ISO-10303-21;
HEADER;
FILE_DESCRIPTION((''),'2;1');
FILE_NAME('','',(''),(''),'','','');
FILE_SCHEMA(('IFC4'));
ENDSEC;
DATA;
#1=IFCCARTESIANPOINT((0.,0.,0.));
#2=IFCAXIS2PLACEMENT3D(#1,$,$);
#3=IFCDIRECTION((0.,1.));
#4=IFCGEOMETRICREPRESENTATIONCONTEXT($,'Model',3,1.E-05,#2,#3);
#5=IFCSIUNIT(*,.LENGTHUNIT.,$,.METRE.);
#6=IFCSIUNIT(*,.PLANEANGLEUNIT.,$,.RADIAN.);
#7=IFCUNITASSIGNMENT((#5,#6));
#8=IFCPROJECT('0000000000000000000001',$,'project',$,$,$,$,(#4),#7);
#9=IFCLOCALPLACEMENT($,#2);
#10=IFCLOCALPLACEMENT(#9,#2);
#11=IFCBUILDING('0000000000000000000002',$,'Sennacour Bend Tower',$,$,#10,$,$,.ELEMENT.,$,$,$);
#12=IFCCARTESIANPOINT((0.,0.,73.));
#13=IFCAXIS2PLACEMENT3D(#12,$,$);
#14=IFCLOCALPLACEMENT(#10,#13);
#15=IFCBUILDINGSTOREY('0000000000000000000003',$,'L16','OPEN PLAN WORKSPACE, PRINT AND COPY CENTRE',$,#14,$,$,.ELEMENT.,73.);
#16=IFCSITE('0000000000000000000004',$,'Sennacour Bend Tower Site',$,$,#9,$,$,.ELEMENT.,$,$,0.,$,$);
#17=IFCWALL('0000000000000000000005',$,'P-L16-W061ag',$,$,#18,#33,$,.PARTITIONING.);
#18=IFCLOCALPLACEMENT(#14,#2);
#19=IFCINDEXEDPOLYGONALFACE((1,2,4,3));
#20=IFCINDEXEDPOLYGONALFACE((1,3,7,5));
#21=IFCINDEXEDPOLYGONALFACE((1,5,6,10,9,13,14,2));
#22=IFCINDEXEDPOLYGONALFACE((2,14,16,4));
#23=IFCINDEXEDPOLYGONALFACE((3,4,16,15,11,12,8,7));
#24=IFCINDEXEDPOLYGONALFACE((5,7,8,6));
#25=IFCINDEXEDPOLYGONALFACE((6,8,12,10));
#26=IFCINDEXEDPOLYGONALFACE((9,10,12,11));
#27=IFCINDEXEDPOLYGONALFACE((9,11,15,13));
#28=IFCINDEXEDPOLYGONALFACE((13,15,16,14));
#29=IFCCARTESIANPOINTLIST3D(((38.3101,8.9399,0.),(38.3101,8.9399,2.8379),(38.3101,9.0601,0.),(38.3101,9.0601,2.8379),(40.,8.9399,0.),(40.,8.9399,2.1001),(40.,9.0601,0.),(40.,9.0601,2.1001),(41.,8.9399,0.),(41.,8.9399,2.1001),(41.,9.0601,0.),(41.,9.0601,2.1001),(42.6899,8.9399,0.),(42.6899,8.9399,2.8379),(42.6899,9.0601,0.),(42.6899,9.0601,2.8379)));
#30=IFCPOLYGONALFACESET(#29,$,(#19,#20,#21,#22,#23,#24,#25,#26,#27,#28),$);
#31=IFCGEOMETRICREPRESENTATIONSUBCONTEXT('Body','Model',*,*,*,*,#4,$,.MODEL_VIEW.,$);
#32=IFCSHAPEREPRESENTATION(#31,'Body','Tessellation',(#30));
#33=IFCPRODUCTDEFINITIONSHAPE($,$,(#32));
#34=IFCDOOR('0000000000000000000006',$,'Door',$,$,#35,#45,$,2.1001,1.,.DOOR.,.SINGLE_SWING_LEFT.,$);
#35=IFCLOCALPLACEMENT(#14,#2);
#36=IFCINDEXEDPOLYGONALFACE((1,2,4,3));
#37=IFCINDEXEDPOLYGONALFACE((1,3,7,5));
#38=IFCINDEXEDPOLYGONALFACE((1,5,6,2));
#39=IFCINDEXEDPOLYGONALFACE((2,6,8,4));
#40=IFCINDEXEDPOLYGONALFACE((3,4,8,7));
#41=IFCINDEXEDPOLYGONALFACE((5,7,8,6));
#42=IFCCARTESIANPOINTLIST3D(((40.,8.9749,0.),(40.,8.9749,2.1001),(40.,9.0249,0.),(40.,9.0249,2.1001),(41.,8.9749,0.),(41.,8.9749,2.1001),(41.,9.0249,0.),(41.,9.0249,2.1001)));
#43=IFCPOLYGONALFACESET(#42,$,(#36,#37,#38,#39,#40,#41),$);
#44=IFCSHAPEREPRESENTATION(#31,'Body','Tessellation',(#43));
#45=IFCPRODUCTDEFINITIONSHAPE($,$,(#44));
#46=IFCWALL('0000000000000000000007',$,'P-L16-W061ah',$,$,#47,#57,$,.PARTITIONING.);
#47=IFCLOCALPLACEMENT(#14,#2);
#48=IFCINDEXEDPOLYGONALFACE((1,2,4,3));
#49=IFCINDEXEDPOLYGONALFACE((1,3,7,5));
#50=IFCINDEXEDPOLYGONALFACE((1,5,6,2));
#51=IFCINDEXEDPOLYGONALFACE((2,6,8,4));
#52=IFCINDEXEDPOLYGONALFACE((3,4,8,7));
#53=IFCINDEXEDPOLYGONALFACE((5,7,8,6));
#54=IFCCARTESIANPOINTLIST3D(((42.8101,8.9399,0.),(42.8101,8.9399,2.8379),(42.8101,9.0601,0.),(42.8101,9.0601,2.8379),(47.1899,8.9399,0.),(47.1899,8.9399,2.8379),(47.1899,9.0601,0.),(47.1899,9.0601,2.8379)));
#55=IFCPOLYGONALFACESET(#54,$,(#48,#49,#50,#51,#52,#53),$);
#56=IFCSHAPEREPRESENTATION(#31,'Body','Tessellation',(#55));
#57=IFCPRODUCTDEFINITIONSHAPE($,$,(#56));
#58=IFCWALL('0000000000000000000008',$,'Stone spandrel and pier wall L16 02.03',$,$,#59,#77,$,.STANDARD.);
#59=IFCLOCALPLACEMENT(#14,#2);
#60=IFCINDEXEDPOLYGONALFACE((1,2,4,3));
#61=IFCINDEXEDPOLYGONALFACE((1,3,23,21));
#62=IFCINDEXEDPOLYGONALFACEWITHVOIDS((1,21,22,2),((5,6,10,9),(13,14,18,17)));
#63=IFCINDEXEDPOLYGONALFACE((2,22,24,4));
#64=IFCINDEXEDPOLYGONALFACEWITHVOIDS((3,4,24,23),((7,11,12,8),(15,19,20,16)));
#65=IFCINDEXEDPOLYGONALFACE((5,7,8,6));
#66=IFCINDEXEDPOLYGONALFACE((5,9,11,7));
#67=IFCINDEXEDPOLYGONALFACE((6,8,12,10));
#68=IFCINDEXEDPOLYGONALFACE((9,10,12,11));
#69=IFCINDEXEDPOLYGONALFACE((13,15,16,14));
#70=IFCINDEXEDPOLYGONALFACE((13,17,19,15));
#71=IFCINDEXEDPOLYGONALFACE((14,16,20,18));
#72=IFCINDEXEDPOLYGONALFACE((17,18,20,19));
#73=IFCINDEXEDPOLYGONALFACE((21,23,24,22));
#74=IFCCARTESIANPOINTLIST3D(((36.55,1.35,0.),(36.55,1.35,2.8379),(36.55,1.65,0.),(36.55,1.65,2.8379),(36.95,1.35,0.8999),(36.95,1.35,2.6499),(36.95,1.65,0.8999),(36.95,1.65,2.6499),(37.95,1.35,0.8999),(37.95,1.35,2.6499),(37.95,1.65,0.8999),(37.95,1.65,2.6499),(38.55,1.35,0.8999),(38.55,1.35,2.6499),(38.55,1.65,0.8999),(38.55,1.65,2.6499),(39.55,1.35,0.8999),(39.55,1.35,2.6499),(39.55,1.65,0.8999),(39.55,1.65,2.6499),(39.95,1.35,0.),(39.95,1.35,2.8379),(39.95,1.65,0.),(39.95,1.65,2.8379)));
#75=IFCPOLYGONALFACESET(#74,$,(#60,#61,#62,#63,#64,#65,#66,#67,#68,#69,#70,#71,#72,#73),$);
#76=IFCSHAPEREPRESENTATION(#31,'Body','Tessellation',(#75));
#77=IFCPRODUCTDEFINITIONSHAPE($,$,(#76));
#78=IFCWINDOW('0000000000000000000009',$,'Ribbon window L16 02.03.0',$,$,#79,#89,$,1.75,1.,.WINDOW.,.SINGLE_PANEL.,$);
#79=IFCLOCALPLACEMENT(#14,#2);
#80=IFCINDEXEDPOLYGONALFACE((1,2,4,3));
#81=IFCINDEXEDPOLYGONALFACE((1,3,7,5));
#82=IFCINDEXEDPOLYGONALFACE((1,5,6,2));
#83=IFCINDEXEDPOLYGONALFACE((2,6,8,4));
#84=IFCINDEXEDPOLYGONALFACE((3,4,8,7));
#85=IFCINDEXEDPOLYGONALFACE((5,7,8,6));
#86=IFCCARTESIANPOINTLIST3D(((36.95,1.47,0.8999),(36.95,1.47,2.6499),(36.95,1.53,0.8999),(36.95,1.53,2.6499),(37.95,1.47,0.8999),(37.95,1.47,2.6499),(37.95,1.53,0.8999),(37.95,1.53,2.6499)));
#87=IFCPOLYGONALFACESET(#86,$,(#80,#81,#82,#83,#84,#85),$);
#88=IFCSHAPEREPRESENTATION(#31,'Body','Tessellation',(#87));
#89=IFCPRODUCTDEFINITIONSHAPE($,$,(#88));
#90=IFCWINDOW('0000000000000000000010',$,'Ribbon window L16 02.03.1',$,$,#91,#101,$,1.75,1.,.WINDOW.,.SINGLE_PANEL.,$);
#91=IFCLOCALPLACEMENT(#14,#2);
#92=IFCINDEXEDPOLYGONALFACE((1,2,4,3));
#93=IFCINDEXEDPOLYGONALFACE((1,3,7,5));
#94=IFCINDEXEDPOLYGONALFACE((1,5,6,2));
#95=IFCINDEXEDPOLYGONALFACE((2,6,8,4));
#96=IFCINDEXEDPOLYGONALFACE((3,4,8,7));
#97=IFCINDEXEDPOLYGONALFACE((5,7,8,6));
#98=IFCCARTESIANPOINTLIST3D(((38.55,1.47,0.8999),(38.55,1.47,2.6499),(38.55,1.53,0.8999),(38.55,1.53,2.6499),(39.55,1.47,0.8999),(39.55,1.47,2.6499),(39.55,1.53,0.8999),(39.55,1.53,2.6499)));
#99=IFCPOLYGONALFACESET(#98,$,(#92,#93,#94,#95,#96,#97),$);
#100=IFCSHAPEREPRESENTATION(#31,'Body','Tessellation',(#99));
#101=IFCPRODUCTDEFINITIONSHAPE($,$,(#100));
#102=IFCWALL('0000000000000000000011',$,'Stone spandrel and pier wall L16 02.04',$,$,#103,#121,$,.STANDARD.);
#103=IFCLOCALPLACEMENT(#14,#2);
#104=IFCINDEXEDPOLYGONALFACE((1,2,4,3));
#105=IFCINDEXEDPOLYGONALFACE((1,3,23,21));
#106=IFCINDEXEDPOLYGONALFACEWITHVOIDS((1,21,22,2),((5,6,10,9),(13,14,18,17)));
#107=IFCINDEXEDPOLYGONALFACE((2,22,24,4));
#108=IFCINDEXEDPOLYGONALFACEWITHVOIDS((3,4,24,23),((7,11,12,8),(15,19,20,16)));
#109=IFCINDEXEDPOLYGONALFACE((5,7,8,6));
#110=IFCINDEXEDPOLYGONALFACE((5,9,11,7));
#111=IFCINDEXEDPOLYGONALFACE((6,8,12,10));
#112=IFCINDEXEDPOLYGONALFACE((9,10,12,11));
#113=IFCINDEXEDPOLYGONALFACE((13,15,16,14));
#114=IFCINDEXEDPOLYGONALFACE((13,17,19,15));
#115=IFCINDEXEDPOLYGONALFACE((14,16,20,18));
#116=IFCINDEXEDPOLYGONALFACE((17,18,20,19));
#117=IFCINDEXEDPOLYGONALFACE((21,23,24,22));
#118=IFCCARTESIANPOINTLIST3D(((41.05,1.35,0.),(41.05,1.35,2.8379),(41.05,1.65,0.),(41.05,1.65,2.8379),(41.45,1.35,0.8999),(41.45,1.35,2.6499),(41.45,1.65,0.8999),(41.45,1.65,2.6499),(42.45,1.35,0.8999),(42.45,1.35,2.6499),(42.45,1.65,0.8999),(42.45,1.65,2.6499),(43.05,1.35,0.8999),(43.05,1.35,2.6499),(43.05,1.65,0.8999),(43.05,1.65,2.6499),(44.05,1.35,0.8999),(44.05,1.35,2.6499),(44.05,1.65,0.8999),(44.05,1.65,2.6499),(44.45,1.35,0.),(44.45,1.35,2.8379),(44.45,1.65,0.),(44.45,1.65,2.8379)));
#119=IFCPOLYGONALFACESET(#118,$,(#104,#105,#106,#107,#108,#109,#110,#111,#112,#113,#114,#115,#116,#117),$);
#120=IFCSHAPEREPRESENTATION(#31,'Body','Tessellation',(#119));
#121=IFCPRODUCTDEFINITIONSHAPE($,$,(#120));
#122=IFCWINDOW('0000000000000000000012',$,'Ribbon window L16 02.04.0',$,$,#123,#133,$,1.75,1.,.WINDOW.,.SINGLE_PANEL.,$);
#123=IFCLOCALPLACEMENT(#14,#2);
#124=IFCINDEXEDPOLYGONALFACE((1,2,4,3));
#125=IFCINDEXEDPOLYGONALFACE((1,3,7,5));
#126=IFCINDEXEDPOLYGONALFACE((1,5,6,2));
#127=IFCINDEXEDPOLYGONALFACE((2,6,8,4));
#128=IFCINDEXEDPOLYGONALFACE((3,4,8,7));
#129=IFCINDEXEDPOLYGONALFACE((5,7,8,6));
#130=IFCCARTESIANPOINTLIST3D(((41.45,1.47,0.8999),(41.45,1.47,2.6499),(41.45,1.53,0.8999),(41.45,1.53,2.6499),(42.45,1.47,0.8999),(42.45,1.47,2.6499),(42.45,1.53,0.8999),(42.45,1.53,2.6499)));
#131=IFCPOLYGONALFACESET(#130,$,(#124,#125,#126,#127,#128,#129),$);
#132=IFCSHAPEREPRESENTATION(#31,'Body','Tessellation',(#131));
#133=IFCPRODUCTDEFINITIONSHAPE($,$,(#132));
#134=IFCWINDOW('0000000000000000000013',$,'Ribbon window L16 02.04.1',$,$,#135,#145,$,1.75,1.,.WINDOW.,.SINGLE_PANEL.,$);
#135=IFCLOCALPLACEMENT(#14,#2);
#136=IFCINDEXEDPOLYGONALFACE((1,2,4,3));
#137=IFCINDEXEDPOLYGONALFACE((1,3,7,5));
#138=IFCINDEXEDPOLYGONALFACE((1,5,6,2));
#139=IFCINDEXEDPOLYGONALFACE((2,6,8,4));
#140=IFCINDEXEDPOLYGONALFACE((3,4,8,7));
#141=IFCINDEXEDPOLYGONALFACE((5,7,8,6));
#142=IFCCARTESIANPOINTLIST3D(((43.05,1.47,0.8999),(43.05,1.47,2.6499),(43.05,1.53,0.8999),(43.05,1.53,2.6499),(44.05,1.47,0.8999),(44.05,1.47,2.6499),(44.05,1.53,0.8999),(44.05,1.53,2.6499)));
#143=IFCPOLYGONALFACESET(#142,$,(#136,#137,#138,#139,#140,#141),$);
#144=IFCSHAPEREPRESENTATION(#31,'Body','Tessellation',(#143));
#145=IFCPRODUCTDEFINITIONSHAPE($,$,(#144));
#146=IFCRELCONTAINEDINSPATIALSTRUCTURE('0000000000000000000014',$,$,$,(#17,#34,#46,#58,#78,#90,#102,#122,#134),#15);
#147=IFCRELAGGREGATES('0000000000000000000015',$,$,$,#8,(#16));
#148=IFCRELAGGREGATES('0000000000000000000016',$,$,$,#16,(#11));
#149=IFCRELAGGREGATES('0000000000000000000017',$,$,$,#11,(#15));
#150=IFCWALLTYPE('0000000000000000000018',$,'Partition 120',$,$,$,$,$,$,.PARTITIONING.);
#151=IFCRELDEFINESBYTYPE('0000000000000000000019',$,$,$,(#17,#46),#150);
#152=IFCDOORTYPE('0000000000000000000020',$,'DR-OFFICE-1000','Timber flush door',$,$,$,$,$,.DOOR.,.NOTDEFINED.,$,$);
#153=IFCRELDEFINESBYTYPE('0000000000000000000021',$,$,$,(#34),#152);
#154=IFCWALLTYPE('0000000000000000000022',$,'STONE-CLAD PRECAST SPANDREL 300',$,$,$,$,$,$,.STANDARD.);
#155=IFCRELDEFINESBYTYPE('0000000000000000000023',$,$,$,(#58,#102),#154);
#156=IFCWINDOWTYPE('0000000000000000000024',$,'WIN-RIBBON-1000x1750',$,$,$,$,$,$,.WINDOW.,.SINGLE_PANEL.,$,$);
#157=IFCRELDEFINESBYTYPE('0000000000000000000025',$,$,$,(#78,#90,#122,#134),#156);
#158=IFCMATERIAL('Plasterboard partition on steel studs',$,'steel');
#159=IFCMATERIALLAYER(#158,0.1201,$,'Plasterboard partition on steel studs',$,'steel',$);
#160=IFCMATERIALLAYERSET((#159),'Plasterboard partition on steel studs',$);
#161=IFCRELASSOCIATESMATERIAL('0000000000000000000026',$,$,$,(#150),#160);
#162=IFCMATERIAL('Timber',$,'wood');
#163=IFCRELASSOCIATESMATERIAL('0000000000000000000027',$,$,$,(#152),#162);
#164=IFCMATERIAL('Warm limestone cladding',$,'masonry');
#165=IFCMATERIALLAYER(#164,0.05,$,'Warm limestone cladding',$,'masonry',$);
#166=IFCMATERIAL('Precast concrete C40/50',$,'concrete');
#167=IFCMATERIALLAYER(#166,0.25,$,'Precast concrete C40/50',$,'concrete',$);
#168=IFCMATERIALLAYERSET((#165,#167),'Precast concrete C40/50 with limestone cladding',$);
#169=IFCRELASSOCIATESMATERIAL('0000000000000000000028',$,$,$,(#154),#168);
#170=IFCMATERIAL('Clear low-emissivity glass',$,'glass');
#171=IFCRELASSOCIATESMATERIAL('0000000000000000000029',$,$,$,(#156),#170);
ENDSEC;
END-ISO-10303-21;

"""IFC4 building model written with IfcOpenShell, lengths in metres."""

from ifc_helpers import new_model, si_unit, direction, frame, frame_2d, origin, place, context, subcontext, project, spatial, rectangle, extrude, material, layer, layer_set, type_object, element, fill, save


model = new_model("IFC4")

# Units and contexts
model_context = context("Model", 3, precision=1e-05, world=origin(), true_north=direction((0.0, 1.0)))
body_context = subcontext(model_context, "Body", "Model", "MODEL_VIEW")
ifc_project = project(units=[si_unit("LENGTHUNIT", "METRE"), si_unit("PLANEANGLEUNIT", "RADIAN")], contexts=[model_context])

# Site, building, storey
site_placement = place(None, origin())
site = spatial("IfcSite", under=ifc_project, at=site_placement, Name="Sennacour Bend Tower Site", CompositionType="ELEMENT", RefElevation=0.0)
building_placement = place(site_placement, origin())
building = spatial("IfcBuilding", under=site, at=building_placement, Name="Sennacour Bend Tower", CompositionType="ELEMENT")
storey_placement = place(building_placement, frame((0.0, 0.0, 73.0)))
storey = spatial("IfcBuildingStorey", under=building, at=storey_placement, Name="L16", Description="OPEN PLAN WORKSPACE, PRINT AND COPY CENTRE", CompositionType="ELEMENT", Elevation=73.0)

# Shared definitions
ifc_material_1 = material(Name="Plasterboard partition on steel studs", Category="steel")
ifc_layer_1 = layer(ifc_material_1, 0.1201, Name="Plasterboard partition on steel studs", Category="steel")
ifc_layer_set_1 = layer_set([ifc_layer_1], Name="Plasterboard partition on steel studs")
wall_type_1 = type_object("IfcWallType", Name="Partition 120", PredefinedType="PARTITIONING", material=ifc_layer_set_1)

# Wall, opening, door
wall_1_placement = place(storey_placement, frame((38.3101, 9.0, 0.0), z_axis=(0.0, 0.0, 1.0), x_axis=(1.0, 0.0, 0.0)))
wall_1 = element("IfcWall", 1, at=wall_1_placement, inside=storey, type_object=wall_type_1, Name="P-L16-W061ag", PredefinedType="PARTITIONING", context=body_context, shape_type="SweptSolid", body=[
    extrude(rectangle(XDim=4.3799, YDim=0.1201, at=frame_2d((2.1899, 0.0))), origin(), (0.0, 0.0, 1.0), 2.8379),
])
opening_1_placement = place(wall_1_placement, frame((1.6899, 0.0, 0.0)))
opening_1 = element("IfcOpeningElement", 2, at=opening_1_placement, cuts=wall_1, PredefinedType="OPENING", context=body_context, shape_type="SweptSolid", body=[
    extrude(rectangle(XDim=1.0, YDim=2.1001, at=frame_2d((0.5, 1.05))), frame((0.0, 0.0701, 0.0), z_axis=(0.0, -1.0, 0.0), x_axis=(1.0, 0.0, 0.0)), (0.0, 0.0, 1.0), 0.1401),
])
ifc_material_2 = material(Name="Timber", Category="wood")
door_type = type_object("IfcDoorType", Name="DR-OFFICE-1000", Description="Timber flush door", OperationType="NOTDEFINED", PredefinedType="DOOR", material=ifc_material_2)
door_placement = place(opening_1_placement, origin())
door = element("IfcDoor", 3, at=door_placement, inside=storey, type_object=door_type, Name="Door", OperationType="SINGLE_SWING_LEFT", OverallHeight=2.1001, OverallWidth=1.0, PredefinedType="DOOR", context=body_context, shape_type="SweptSolid", body=[
    extrude(rectangle(XDim=1.0, YDim=2.1001, at=frame_2d((0.5, 1.05))), frame((0.0, 0.0249, 0.0), z_axis=(0.0, -1.0, 0.0), x_axis=(1.0, 0.0, 0.0)), (0.0, 0.0, 1.0), 0.05),
])
fill(opening_1, door)

# Wall
wall_2_placement = place(storey_placement, frame((42.8101, 9.0, 0.0), z_axis=(0.0, 0.0, 1.0), x_axis=(1.0, 0.0, 0.0)))
element("IfcWall", 4, at=wall_2_placement, inside=storey, type_object=wall_type_1, Name="P-L16-W061ah", PredefinedType="PARTITIONING", context=body_context, shape_type="SweptSolid", body=[
    extrude(rectangle(XDim=4.3799, YDim=0.1201, at=frame_2d((2.1899, 0.0))), origin(), (0.0, 0.0, 1.0), 2.8379),
])

# Walls, openings, windows
ifc_material_3 = material(Name="Warm limestone cladding", Category="masonry")
ifc_layer_2 = layer(ifc_material_3, 0.05, Name="Warm limestone cladding", Category="masonry")
ifc_material_4 = material(Name="Precast concrete C40/50", Category="concrete")
ifc_layer_3 = layer(ifc_material_4, 0.25, Name="Precast concrete C40/50", Category="concrete")
ifc_layer_set_2 = layer_set([ifc_layer_2, ifc_layer_3], Name="Precast concrete C40/50 with limestone cladding")
wall_type_2 = type_object("IfcWallType", Name="STONE-CLAD PRECAST SPANDREL 300", PredefinedType="STANDARD", material=ifc_layer_set_2)
wall_3_placement = place(storey_placement, frame((36.55, 1.5, 0.0), z_axis=(0.0, 0.0, 1.0), x_axis=(1.0, 0.0, 0.0)))
wall_3 = element("IfcWall", 5, at=wall_3_placement, inside=storey, type_object=wall_type_2, Name="Stone spandrel and pier wall L16 02.03", PredefinedType="STANDARD", context=body_context, shape_type="SweptSolid", body=[
    extrude(rectangle(XDim=3.3999, YDim=0.3, at=frame_2d((1.7, 0.0))), origin(), (0.0, 0.0, 1.0), 2.8379),
])
opening_2_placement = place(wall_3_placement, frame((0.3999, 0.0, 0.8999)))
opening_2 = element("IfcOpeningElement", 6, at=opening_2_placement, cuts=wall_3, PredefinedType="OPENING", context=body_context, shape_type="SweptSolid", body=[
    extrude(rectangle(XDim=1.0, YDim=1.75, at=frame_2d((0.5, 0.875))), frame((0.0, 0.1602, 0.0), z_axis=(0.0, -1.0, 0.0), x_axis=(1.0, 0.0, 0.0)), (0.0, 0.0, 1.0), 0.3201),
])
opening_3_placement = place(wall_3_placement, frame((2.0, 0.0, 0.8999)))
opening_3 = element("IfcOpeningElement", 7, at=opening_3_placement, cuts=wall_3, PredefinedType="OPENING", context=body_context, shape_type="SweptSolid", body=[
    extrude(rectangle(XDim=1.0, YDim=1.75, at=frame_2d((0.5, 0.875))), frame((0.0, 0.1602, 0.0), z_axis=(0.0, -1.0, 0.0), x_axis=(1.0, 0.0, 0.0)), (0.0, 0.0, 1.0), 0.3201),
])
ifc_material_5 = material(Name="Clear low-emissivity glass", Category="glass")
window_type = type_object("IfcWindowType", Name="WIN-RIBBON-1000x1750", PartitioningType="SINGLE_PANEL", PredefinedType="WINDOW", material=ifc_material_5)
window_1_placement = place(opening_2_placement, origin())
window_1 = element("IfcWindow", 8, at=window_1_placement, inside=storey, type_object=window_type, Name="Ribbon window L16 02.03.0", OverallHeight=1.75, OverallWidth=1.0, PartitioningType="SINGLE_PANEL", PredefinedType="WINDOW", context=body_context, shape_type="SweptSolid", body=[
    extrude(rectangle(XDim=1.0, YDim=1.75, at=frame_2d((0.5, 0.875))), frame((0.0, 0.03, 0.0), z_axis=(0.0, -1.0, 0.0), x_axis=(1.0, 0.0, 0.0)), (0.0, 0.0, 1.0), 0.0601),
])
fill(opening_2, window_1)
window_2_placement = place(opening_3_placement, origin())
window_2 = element("IfcWindow", 9, at=window_2_placement, inside=storey, type_object=window_type, Name="Ribbon window L16 02.03.1", OverallHeight=1.75, OverallWidth=1.0, PartitioningType="SINGLE_PANEL", PredefinedType="WINDOW", context=body_context, shape_type="SweptSolid", body=[
    extrude(rectangle(XDim=1.0, YDim=1.75, at=frame_2d((0.5, 0.875))), frame((0.0, 0.03, 0.0), z_axis=(0.0, -1.0, 0.0), x_axis=(1.0, 0.0, 0.0)), (0.0, 0.0, 1.0), 0.0601),
])
fill(opening_3, window_2)
wall_4_placement = place(storey_placement, frame((41.05, 1.5, 0.0), z_axis=(0.0, 0.0, 1.0), x_axis=(1.0, 0.0, 0.0)))
wall_4 = element("IfcWall", 10, at=wall_4_placement, inside=storey, type_object=wall_type_2, Name="Stone spandrel and pier wall L16 02.04", PredefinedType="STANDARD", context=body_context, shape_type="SweptSolid", body=[
    extrude(rectangle(XDim=3.3999, YDim=0.3, at=frame_2d((1.7, 0.0))), origin(), (0.0, 0.0, 1.0), 2.8379),
])
opening_4_placement = place(wall_4_placement, frame((0.3999, 0.0, 0.8999)))
opening_4 = element("IfcOpeningElement", 11, at=opening_4_placement, cuts=wall_4, PredefinedType="OPENING", context=body_context, shape_type="SweptSolid", body=[
    extrude(rectangle(XDim=1.0, YDim=1.75, at=frame_2d((0.5, 0.875))), frame((0.0, 0.1602, 0.0), z_axis=(0.0, -1.0, 0.0), x_axis=(1.0, 0.0, 0.0)), (0.0, 0.0, 1.0), 0.3201),
])
opening_5_placement = place(wall_4_placement, frame((2.0, 0.0, 0.8999)))
opening_5 = element("IfcOpeningElement", 12, at=opening_5_placement, cuts=wall_4, PredefinedType="OPENING", context=body_context, shape_type="SweptSolid", body=[
    extrude(rectangle(XDim=1.0, YDim=1.75, at=frame_2d((0.5, 0.875))), frame((0.0, 0.1602, 0.0), z_axis=(0.0, -1.0, 0.0), x_axis=(1.0, 0.0, 0.0)), (0.0, 0.0, 1.0), 0.3201),
])
window_3_placement = place(opening_4_placement, origin())
window_3 = element("IfcWindow", 13, at=window_3_placement, inside=storey, type_object=window_type, Name="Ribbon window L16 02.04.0", OverallHeight=1.75, OverallWidth=1.0, PartitioningType="SINGLE_PANEL", PredefinedType="WINDOW", context=body_context, shape_type="SweptSolid", body=[
    extrude(rectangle(XDim=1.0, YDim=1.75, at=frame_2d((0.5, 0.875))), frame((0.0, 0.03, 0.0), z_axis=(0.0, -1.0, 0.0), x_axis=(1.0, 0.0, 0.0)), (0.0, 0.0, 1.0), 0.0601),
])
fill(opening_4, window_3)
window_4_placement = place(opening_5_placement, origin())
window_4 = element("IfcWindow", 14, at=window_4_placement, inside=storey, type_object=window_type, Name="Ribbon window L16 02.04.1", OverallHeight=1.75, OverallWidth=1.0, PartitioningType="SINGLE_PANEL", PredefinedType="WINDOW", context=body_context, shape_type="SweptSolid", body=[
    extrude(rectangle(XDim=1.0, YDim=1.75, at=frame_2d((0.5, 0.875))), frame((0.0, 0.03, 0.0), z_axis=(0.0, -1.0, 0.0), x_axis=(1.0, 0.0, 0.0)), (0.0, 0.0, 1.0), 0.0601),
])
fill(opening_5, window_4)

save(model, "model.ifc")
